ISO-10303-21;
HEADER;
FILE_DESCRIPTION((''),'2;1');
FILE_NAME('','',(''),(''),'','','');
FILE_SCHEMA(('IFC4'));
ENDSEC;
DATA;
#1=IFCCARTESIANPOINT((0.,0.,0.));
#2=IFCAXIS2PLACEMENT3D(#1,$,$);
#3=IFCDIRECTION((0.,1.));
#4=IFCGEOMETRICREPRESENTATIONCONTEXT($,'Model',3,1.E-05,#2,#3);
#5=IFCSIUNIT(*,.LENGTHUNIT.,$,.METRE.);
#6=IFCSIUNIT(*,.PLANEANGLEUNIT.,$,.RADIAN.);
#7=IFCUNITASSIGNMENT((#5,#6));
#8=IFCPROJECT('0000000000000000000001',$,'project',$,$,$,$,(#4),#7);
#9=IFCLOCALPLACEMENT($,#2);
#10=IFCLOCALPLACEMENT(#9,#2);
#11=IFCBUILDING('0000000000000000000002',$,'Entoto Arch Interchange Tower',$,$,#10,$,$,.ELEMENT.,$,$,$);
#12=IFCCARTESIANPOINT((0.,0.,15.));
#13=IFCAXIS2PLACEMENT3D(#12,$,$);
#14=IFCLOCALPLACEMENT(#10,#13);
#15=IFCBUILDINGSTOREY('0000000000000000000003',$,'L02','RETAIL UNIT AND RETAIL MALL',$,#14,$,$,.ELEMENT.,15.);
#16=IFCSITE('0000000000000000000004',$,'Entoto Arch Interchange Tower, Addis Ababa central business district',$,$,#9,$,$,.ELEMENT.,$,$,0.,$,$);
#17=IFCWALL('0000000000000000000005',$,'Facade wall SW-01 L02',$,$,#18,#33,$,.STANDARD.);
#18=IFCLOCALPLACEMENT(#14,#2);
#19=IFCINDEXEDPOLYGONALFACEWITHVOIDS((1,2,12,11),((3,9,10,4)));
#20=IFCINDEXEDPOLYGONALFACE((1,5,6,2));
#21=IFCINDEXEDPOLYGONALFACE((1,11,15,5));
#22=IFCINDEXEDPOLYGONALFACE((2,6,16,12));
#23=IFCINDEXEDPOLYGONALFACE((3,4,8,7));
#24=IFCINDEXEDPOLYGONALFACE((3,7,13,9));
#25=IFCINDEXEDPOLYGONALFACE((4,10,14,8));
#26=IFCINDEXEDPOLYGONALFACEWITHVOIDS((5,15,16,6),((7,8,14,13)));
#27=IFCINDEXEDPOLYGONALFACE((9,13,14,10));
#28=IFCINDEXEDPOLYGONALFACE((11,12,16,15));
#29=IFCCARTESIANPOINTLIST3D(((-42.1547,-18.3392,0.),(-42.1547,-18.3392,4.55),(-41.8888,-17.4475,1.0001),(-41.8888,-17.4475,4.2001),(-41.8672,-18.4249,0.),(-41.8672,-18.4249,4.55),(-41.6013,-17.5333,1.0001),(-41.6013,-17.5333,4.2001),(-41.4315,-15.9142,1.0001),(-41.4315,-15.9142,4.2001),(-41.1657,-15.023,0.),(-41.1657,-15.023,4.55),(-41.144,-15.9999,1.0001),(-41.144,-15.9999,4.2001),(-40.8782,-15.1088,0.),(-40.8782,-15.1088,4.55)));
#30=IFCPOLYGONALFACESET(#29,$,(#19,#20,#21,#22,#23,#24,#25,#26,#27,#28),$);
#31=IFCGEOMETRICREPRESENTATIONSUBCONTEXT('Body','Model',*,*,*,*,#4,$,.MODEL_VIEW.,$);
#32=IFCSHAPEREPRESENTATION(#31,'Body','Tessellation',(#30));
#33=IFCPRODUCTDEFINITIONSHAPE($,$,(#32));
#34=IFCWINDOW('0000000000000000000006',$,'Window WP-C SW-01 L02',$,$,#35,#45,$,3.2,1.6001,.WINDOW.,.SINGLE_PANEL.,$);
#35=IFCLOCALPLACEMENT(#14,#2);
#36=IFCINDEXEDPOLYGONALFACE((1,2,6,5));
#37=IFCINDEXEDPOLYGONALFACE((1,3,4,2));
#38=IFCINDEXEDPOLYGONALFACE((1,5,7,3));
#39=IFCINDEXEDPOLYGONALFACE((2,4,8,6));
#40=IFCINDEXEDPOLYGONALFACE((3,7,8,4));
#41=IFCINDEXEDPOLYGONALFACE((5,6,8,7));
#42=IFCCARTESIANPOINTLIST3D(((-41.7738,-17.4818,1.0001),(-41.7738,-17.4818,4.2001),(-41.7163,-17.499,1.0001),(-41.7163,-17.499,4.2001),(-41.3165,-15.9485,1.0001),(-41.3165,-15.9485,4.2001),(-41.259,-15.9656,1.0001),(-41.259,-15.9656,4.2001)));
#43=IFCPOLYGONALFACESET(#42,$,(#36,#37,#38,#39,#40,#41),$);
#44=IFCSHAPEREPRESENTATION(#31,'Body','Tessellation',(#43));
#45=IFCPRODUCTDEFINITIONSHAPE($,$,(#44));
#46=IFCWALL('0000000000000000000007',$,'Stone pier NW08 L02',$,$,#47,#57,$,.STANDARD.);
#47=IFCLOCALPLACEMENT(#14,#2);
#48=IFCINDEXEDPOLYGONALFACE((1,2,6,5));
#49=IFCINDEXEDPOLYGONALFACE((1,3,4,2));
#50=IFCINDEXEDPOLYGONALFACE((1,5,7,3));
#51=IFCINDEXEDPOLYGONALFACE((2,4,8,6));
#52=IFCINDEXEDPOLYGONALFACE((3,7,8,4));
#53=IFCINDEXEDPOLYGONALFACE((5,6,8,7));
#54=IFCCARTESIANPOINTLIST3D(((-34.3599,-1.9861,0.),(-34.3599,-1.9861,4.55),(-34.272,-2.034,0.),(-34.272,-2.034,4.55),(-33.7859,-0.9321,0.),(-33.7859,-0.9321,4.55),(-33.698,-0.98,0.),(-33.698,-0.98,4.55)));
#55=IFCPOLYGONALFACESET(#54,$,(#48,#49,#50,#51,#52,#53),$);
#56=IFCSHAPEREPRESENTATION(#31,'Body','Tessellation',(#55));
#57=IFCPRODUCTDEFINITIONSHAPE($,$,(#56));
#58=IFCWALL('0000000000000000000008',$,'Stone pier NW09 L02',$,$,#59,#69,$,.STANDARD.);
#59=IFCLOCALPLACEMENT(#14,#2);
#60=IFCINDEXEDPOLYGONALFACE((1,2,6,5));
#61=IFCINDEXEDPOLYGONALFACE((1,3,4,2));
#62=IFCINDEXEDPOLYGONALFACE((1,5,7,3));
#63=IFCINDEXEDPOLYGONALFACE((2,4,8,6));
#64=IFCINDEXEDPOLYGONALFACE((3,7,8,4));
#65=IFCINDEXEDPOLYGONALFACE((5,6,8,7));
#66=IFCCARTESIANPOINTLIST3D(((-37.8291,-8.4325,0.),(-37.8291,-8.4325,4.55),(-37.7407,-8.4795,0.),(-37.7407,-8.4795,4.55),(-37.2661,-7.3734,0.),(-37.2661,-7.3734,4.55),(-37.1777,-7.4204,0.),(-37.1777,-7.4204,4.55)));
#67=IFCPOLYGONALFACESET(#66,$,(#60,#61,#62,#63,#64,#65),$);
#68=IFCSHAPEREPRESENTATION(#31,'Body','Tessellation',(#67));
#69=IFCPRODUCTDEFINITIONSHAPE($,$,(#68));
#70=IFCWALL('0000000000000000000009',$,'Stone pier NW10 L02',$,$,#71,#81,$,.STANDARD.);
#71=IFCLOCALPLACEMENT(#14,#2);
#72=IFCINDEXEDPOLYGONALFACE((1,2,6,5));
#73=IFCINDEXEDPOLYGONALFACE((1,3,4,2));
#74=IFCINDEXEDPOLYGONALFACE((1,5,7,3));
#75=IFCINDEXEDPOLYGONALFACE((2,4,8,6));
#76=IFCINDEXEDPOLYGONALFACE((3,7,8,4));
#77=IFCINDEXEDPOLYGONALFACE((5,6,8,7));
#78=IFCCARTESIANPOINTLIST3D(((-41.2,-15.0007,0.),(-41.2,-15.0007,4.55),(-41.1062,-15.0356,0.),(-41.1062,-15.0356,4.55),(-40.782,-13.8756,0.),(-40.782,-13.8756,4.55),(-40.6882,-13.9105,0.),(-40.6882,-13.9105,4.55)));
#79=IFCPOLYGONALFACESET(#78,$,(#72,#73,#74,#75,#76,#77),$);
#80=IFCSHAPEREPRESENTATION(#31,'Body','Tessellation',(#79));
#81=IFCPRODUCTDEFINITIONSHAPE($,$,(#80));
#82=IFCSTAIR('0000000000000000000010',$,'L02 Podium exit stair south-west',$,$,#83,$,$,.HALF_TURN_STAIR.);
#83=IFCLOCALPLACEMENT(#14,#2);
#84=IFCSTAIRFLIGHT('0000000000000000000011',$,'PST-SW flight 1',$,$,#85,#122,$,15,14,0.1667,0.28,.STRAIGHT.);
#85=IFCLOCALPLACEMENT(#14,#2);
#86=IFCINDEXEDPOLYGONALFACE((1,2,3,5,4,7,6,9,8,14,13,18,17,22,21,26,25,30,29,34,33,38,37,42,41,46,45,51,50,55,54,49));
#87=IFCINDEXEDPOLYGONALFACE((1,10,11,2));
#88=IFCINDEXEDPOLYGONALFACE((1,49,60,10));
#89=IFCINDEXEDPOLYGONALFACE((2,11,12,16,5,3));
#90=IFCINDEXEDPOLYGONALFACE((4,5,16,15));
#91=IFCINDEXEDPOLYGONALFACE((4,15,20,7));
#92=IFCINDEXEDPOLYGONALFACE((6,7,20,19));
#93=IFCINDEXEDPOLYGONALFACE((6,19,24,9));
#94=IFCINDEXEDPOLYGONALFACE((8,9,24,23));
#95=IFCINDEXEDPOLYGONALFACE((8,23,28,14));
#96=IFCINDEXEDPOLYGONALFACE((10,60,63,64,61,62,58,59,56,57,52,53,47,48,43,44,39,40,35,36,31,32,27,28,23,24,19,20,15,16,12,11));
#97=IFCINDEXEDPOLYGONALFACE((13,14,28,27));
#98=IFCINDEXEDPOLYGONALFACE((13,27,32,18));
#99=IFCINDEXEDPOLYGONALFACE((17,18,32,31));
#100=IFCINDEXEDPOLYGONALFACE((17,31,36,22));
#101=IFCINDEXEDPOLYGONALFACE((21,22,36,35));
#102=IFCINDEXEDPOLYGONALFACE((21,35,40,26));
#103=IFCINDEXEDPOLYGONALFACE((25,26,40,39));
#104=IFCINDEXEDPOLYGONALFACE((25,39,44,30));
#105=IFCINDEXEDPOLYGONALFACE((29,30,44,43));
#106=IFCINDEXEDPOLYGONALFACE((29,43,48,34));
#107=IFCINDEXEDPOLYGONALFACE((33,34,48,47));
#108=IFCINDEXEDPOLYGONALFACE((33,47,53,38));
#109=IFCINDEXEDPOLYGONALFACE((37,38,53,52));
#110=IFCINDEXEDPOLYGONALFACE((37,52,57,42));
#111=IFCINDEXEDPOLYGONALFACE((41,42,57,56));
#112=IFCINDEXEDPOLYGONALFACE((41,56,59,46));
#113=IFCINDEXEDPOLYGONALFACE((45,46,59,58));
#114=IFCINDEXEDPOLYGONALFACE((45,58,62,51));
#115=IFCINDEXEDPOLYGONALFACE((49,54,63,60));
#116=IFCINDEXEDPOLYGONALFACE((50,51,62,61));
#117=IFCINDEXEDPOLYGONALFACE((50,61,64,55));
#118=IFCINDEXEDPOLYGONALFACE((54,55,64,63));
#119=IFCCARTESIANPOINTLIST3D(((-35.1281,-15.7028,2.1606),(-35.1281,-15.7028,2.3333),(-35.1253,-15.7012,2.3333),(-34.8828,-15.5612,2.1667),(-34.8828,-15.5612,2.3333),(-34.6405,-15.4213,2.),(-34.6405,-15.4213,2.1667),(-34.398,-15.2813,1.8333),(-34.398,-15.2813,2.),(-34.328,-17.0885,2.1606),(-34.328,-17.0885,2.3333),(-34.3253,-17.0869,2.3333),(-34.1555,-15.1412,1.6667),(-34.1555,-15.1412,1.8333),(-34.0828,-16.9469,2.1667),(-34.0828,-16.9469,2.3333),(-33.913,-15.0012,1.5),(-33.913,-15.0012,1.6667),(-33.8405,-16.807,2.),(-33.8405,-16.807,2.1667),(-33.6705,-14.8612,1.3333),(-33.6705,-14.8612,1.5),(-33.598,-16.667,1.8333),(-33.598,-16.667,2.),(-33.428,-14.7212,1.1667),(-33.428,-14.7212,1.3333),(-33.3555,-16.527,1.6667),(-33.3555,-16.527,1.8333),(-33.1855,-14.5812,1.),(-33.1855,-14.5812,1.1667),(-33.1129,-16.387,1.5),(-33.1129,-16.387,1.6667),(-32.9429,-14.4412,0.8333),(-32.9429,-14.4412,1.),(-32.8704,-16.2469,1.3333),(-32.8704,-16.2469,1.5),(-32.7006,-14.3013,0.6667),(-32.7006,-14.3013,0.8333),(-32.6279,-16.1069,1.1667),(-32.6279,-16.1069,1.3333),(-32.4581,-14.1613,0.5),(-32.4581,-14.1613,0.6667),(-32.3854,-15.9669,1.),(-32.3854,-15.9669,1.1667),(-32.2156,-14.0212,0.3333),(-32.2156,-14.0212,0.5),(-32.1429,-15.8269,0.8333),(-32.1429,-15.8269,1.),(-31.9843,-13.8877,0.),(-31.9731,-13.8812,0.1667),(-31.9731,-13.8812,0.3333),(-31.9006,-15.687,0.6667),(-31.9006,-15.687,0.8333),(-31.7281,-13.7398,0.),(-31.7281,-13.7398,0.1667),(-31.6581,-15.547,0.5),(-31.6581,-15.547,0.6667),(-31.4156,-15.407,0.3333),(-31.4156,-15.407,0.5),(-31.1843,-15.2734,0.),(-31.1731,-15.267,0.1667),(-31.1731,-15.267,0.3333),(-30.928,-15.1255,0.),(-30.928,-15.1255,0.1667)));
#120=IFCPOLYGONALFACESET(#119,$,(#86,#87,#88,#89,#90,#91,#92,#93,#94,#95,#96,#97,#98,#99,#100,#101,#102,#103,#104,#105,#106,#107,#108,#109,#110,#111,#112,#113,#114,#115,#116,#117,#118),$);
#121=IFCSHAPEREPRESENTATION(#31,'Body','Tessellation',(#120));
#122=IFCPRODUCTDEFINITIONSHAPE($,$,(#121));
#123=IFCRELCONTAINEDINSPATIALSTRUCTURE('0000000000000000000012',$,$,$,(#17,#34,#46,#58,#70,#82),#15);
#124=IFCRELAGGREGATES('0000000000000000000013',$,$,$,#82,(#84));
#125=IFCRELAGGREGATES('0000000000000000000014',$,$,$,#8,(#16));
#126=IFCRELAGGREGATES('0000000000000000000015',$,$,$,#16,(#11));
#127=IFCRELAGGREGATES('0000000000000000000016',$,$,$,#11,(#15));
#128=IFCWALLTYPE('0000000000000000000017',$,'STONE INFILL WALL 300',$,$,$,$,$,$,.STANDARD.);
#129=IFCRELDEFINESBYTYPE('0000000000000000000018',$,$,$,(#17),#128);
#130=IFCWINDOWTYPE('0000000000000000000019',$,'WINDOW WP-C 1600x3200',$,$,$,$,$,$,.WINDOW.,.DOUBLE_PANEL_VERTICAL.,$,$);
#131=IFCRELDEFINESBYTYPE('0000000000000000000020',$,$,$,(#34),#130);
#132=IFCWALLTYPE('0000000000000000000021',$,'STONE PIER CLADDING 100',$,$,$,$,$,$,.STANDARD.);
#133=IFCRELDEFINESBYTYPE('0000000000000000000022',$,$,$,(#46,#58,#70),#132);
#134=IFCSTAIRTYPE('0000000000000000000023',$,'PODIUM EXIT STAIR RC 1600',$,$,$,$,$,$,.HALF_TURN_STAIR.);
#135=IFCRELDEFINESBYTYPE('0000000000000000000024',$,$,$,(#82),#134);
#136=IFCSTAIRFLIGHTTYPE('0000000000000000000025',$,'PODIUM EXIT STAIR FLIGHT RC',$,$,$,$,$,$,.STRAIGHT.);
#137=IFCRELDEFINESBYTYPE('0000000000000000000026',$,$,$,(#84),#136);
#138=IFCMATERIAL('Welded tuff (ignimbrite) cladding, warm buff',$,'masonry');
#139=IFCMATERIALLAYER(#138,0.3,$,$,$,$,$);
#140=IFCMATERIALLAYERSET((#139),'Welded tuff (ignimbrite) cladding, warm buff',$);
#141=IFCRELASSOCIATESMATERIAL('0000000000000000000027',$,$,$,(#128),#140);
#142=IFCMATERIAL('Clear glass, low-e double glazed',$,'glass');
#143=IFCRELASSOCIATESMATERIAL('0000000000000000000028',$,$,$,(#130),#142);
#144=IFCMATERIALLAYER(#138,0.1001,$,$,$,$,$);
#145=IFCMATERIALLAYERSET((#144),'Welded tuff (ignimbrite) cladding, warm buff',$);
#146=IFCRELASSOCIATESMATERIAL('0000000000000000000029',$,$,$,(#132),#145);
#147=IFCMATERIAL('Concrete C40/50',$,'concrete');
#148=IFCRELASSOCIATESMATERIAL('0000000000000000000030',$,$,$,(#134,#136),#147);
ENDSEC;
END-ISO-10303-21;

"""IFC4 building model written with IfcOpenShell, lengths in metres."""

from ifc_helpers import new_model, si_unit, direction, frame, frame_2d, origin, place, context, subcontext, project, spatial, polyline, rectangle, outline, extrude, material, layer, layer_set, type_object, element, fill, aggregate, save


model = new_model("IFC4")

# Units and contexts
model_context = context("Model", 3, precision=1e-05, world=origin(), true_north=direction((0.0, 1.0)))
body_context = subcontext(model_context, "Body", "Model", "MODEL_VIEW")
ifc_project = project(units=[si_unit("LENGTHUNIT", "METRE"), si_unit("PLANEANGLEUNIT", "RADIAN")], contexts=[model_context])

# Site, building, storey
site_placement = place(None, origin())
site = spatial("IfcSite", under=ifc_project, at=site_placement, Name="Entoto Arch Interchange Tower, Addis Ababa central business district", CompositionType="ELEMENT", RefElevation=0.0)
building_placement = place(site_placement, origin())
building = spatial("IfcBuilding", under=site, at=building_placement, Name="Entoto Arch Interchange Tower", CompositionType="ELEMENT")
storey_placement = place(building_placement, frame((0.0, 0.0, 15.0)))
storey = spatial("IfcBuildingStorey", under=building, at=storey_placement, Name="L02", Description="RETAIL UNIT AND RETAIL MALL", CompositionType="ELEMENT", Elevation=15.0)

# Shared definitions
ifc_material_1 = material(Name="Concrete C40/50", Category="concrete")

# Shared definitions
ifc_material_2 = material(Name="Welded tuff (ignimbrite) cladding, warm buff", Category="masonry")
ifc_layer_1 = layer(ifc_material_2, 0.3)
ifc_layer_set_1 = layer_set([ifc_layer_1], Name="Welded tuff (ignimbrite) cladding, warm buff")
wall_type_1 = type_object("IfcWallType", Name="STONE INFILL WALL 300", PredefinedType="STANDARD", material=ifc_layer_set_1)
ifc_material_3 = material(Name="Clear glass, low-e double glazed", Category="glass")

# Wall, opening, window
wall_1_placement = place(storey_placement, frame((-41.022, -15.0659, 0.0), z_axis=(0.0, 0.0, 1.0), x_axis=(-0.285801, -0.958289, 0.0)))
wall_1 = element("IfcWall", 1, at=wall_1_placement, inside=storey, type_object=wall_type_1, Name="Facade wall SW-01 L02", PredefinedType="STANDARD", context=body_context, shape_type="SweptSolid", body=[
    extrude(rectangle(XDim=3.4604, YDim=0.3, at=frame_2d((1.7302, 0.0))), origin(), (0.0, 0.0, 1.0), 4.55),
])
opening_1_placement = place(wall_1_placement, frame((0.9299, 0.0, 1.0)))
opening_1 = element("IfcOpeningElement", 2, at=opening_1_placement, cuts=wall_1, PredefinedType="OPENING", context=body_context, shape_type="SweptSolid", body=[
    extrude(rectangle(XDim=1.6001, YDim=3.2, at=frame_2d((0.8, 1.6001))), frame((0.0, 0.1602, 0.0), z_axis=(0.0, -1.0, 0.0), x_axis=(1.0, 0.0, 0.0)), (0.0, 0.0, 1.0), 0.3201),
])
window_type_1 = type_object("IfcWindowType", Name="WINDOW WP-C 1600x3200", PartitioningType="DOUBLE_PANEL_VERTICAL", PredefinedType="WINDOW", material=ifc_material_3)
window_1_placement = place(opening_1_placement, origin())
window_1 = element("IfcWindow", 3, at=window_1_placement, inside=storey, type_object=window_type_1, Name="Window WP-C SW-01 L02", OverallHeight=3.2, OverallWidth=1.6001, PartitioningType="SINGLE_PANEL", PredefinedType="WINDOW", context=body_context, shape_type="SweptSolid", body=[
    extrude(rectangle(XDim=1.6001, YDim=3.2, at=frame_2d((0.8, 1.6001))), frame((0.0, 0.03, 0.0), z_axis=(0.0, -1.0, 0.0), x_axis=(1.0, 0.0, 0.0)), (0.0, 0.0, 1.0), 0.0601),
])
fill(opening_1, window_1)

# Walls
ifc_layer_2 = layer(ifc_material_2, 0.1001)
ifc_layer_set_2 = layer_set([ifc_layer_2], Name="Welded tuff (ignimbrite) cladding, warm buff")
wall_type_2 = type_object("IfcWallType", Name="STONE PIER CLADDING 100", PredefinedType="STANDARD", material=ifc_layer_set_2)
wall_2_placement = place(storey_placement, frame((-33.7419, -0.9561, 0.0), z_axis=(0.0, 0.0, 1.0), x_axis=(-0.478268, -0.878214, 0.0)))
element("IfcWall", 4, at=wall_2_placement, inside=storey, type_object=wall_type_2, Name="Stone pier NW08 L02", PredefinedType="STANDARD", context=body_context, shape_type="SweptSolid", body=[
    extrude(rectangle(XDim=1.2002, YDim=0.1001, at=frame_2d((0.6001, 0.0))), origin(), (0.0, 0.0, 1.0), 4.55),
])
wall_3_placement = place(storey_placement, frame((-37.2219, -7.397, 0.0), z_axis=(0.0, 0.0, 1.0), x_axis=(-0.469383, -0.882994, 0.0)))
element("IfcWall", 5, at=wall_3_placement, inside=storey, type_object=wall_type_2, Name="Stone pier NW09 L02", PredefinedType="STANDARD", context=body_context, shape_type="SweptSolid", body=[
    extrude(rectangle(XDim=1.1995, YDim=0.1001, at=frame_2d((0.5996, 0.0))), origin(), (0.0, 0.0, 1.0), 4.55),
])
wall_4_placement = place(storey_placement, frame((-40.7351, -13.8931, 0.0), z_axis=(0.0, 0.0, 1.0), x_axis=(-0.348268, -0.937395, 0.0)))
element("IfcWall", 6, at=wall_4_placement, inside=storey, type_object=wall_type_2, Name="Stone pier NW10 L02", PredefinedType="STANDARD", context=body_context, shape_type="SweptSolid", body=[
    extrude(rectangle(XDim=1.2002, YDim=0.1001, at=frame_2d((0.6001, 0.0))), origin(), (0.0, 0.0, 1.0), 4.55),
])

# Stair, stair flight
stair_type = type_object("IfcStairType", Name="PODIUM EXIT STAIR RC 1600", PredefinedType="HALF_TURN_STAIR", material=ifc_material_1)
stair_placement = place(storey_placement, origin())
stair = element("IfcStair", 7, at=stair_placement, inside=storey, type_object=stair_type, Name="L02 Podium exit stair south-west", PredefinedType="HALF_TURN_STAIR")
stair_flight_type = type_object("IfcStairFlightType", Name="PODIUM EXIT STAIR FLIGHT RC", PredefinedType="STRAIGHT", material=ifc_material_1)
stair_flight_placement = place(storey_placement, frame((-31.3306, -14.4341, 0.0), z_axis=(0.0, 0.0, 1.0), x_axis=(-0.866025, -0.5, 0.0)))
stair_flight = element("IfcStairFlight", 8, at=stair_flight_placement, type_object=stair_flight_type, Name="PST-SW flight 1", NumberOfRisers=15, NumberOfTreads=14, PredefinedType="STRAIGHT", RiserHeight=0.1667, TreadLength=0.28, context=body_context, shape_type="SweptSolid", body=[
    extrude(outline(polyline([(-0.0029, 0.0), (-0.0029, 0.1667), (0.28, 0.1667), (0.28, 0.3333), (0.5601, 0.3333), (0.5601, 0.5), (0.8401, 0.5), (0.8401, 0.6667), (1.1201, 0.6667), (1.1201, 0.8333), (1.3999, 0.8333), (1.3999, 1.0), (1.6799, 1.0), (1.6799, 1.1667), (1.96, 1.1667), (1.96, 1.3333), (2.24, 1.3333), (2.24, 1.5), (2.52, 1.5), (2.52, 1.6667), (2.8, 1.6667), (2.8, 1.8333), (3.0801, 1.8333), (3.0801, 2.0), (3.3601, 2.0), (3.3601, 2.1667), (3.6399, 2.1667), (3.6399, 2.3333), (3.9199, 2.3333), (3.9231, 2.3333), (3.9231, 2.1606), (0.293, 0.0), (-0.0029, 0.0)])), frame((0.0, 0.8, 0.0), z_axis=(0.0, -1.0, 0.0), x_axis=(1.0, 0.0, 0.0)), (0.0, 0.0, 1.0), 1.6001),
])
aggregate(stair, [stair_flight])

save(model, "model.ifc")
